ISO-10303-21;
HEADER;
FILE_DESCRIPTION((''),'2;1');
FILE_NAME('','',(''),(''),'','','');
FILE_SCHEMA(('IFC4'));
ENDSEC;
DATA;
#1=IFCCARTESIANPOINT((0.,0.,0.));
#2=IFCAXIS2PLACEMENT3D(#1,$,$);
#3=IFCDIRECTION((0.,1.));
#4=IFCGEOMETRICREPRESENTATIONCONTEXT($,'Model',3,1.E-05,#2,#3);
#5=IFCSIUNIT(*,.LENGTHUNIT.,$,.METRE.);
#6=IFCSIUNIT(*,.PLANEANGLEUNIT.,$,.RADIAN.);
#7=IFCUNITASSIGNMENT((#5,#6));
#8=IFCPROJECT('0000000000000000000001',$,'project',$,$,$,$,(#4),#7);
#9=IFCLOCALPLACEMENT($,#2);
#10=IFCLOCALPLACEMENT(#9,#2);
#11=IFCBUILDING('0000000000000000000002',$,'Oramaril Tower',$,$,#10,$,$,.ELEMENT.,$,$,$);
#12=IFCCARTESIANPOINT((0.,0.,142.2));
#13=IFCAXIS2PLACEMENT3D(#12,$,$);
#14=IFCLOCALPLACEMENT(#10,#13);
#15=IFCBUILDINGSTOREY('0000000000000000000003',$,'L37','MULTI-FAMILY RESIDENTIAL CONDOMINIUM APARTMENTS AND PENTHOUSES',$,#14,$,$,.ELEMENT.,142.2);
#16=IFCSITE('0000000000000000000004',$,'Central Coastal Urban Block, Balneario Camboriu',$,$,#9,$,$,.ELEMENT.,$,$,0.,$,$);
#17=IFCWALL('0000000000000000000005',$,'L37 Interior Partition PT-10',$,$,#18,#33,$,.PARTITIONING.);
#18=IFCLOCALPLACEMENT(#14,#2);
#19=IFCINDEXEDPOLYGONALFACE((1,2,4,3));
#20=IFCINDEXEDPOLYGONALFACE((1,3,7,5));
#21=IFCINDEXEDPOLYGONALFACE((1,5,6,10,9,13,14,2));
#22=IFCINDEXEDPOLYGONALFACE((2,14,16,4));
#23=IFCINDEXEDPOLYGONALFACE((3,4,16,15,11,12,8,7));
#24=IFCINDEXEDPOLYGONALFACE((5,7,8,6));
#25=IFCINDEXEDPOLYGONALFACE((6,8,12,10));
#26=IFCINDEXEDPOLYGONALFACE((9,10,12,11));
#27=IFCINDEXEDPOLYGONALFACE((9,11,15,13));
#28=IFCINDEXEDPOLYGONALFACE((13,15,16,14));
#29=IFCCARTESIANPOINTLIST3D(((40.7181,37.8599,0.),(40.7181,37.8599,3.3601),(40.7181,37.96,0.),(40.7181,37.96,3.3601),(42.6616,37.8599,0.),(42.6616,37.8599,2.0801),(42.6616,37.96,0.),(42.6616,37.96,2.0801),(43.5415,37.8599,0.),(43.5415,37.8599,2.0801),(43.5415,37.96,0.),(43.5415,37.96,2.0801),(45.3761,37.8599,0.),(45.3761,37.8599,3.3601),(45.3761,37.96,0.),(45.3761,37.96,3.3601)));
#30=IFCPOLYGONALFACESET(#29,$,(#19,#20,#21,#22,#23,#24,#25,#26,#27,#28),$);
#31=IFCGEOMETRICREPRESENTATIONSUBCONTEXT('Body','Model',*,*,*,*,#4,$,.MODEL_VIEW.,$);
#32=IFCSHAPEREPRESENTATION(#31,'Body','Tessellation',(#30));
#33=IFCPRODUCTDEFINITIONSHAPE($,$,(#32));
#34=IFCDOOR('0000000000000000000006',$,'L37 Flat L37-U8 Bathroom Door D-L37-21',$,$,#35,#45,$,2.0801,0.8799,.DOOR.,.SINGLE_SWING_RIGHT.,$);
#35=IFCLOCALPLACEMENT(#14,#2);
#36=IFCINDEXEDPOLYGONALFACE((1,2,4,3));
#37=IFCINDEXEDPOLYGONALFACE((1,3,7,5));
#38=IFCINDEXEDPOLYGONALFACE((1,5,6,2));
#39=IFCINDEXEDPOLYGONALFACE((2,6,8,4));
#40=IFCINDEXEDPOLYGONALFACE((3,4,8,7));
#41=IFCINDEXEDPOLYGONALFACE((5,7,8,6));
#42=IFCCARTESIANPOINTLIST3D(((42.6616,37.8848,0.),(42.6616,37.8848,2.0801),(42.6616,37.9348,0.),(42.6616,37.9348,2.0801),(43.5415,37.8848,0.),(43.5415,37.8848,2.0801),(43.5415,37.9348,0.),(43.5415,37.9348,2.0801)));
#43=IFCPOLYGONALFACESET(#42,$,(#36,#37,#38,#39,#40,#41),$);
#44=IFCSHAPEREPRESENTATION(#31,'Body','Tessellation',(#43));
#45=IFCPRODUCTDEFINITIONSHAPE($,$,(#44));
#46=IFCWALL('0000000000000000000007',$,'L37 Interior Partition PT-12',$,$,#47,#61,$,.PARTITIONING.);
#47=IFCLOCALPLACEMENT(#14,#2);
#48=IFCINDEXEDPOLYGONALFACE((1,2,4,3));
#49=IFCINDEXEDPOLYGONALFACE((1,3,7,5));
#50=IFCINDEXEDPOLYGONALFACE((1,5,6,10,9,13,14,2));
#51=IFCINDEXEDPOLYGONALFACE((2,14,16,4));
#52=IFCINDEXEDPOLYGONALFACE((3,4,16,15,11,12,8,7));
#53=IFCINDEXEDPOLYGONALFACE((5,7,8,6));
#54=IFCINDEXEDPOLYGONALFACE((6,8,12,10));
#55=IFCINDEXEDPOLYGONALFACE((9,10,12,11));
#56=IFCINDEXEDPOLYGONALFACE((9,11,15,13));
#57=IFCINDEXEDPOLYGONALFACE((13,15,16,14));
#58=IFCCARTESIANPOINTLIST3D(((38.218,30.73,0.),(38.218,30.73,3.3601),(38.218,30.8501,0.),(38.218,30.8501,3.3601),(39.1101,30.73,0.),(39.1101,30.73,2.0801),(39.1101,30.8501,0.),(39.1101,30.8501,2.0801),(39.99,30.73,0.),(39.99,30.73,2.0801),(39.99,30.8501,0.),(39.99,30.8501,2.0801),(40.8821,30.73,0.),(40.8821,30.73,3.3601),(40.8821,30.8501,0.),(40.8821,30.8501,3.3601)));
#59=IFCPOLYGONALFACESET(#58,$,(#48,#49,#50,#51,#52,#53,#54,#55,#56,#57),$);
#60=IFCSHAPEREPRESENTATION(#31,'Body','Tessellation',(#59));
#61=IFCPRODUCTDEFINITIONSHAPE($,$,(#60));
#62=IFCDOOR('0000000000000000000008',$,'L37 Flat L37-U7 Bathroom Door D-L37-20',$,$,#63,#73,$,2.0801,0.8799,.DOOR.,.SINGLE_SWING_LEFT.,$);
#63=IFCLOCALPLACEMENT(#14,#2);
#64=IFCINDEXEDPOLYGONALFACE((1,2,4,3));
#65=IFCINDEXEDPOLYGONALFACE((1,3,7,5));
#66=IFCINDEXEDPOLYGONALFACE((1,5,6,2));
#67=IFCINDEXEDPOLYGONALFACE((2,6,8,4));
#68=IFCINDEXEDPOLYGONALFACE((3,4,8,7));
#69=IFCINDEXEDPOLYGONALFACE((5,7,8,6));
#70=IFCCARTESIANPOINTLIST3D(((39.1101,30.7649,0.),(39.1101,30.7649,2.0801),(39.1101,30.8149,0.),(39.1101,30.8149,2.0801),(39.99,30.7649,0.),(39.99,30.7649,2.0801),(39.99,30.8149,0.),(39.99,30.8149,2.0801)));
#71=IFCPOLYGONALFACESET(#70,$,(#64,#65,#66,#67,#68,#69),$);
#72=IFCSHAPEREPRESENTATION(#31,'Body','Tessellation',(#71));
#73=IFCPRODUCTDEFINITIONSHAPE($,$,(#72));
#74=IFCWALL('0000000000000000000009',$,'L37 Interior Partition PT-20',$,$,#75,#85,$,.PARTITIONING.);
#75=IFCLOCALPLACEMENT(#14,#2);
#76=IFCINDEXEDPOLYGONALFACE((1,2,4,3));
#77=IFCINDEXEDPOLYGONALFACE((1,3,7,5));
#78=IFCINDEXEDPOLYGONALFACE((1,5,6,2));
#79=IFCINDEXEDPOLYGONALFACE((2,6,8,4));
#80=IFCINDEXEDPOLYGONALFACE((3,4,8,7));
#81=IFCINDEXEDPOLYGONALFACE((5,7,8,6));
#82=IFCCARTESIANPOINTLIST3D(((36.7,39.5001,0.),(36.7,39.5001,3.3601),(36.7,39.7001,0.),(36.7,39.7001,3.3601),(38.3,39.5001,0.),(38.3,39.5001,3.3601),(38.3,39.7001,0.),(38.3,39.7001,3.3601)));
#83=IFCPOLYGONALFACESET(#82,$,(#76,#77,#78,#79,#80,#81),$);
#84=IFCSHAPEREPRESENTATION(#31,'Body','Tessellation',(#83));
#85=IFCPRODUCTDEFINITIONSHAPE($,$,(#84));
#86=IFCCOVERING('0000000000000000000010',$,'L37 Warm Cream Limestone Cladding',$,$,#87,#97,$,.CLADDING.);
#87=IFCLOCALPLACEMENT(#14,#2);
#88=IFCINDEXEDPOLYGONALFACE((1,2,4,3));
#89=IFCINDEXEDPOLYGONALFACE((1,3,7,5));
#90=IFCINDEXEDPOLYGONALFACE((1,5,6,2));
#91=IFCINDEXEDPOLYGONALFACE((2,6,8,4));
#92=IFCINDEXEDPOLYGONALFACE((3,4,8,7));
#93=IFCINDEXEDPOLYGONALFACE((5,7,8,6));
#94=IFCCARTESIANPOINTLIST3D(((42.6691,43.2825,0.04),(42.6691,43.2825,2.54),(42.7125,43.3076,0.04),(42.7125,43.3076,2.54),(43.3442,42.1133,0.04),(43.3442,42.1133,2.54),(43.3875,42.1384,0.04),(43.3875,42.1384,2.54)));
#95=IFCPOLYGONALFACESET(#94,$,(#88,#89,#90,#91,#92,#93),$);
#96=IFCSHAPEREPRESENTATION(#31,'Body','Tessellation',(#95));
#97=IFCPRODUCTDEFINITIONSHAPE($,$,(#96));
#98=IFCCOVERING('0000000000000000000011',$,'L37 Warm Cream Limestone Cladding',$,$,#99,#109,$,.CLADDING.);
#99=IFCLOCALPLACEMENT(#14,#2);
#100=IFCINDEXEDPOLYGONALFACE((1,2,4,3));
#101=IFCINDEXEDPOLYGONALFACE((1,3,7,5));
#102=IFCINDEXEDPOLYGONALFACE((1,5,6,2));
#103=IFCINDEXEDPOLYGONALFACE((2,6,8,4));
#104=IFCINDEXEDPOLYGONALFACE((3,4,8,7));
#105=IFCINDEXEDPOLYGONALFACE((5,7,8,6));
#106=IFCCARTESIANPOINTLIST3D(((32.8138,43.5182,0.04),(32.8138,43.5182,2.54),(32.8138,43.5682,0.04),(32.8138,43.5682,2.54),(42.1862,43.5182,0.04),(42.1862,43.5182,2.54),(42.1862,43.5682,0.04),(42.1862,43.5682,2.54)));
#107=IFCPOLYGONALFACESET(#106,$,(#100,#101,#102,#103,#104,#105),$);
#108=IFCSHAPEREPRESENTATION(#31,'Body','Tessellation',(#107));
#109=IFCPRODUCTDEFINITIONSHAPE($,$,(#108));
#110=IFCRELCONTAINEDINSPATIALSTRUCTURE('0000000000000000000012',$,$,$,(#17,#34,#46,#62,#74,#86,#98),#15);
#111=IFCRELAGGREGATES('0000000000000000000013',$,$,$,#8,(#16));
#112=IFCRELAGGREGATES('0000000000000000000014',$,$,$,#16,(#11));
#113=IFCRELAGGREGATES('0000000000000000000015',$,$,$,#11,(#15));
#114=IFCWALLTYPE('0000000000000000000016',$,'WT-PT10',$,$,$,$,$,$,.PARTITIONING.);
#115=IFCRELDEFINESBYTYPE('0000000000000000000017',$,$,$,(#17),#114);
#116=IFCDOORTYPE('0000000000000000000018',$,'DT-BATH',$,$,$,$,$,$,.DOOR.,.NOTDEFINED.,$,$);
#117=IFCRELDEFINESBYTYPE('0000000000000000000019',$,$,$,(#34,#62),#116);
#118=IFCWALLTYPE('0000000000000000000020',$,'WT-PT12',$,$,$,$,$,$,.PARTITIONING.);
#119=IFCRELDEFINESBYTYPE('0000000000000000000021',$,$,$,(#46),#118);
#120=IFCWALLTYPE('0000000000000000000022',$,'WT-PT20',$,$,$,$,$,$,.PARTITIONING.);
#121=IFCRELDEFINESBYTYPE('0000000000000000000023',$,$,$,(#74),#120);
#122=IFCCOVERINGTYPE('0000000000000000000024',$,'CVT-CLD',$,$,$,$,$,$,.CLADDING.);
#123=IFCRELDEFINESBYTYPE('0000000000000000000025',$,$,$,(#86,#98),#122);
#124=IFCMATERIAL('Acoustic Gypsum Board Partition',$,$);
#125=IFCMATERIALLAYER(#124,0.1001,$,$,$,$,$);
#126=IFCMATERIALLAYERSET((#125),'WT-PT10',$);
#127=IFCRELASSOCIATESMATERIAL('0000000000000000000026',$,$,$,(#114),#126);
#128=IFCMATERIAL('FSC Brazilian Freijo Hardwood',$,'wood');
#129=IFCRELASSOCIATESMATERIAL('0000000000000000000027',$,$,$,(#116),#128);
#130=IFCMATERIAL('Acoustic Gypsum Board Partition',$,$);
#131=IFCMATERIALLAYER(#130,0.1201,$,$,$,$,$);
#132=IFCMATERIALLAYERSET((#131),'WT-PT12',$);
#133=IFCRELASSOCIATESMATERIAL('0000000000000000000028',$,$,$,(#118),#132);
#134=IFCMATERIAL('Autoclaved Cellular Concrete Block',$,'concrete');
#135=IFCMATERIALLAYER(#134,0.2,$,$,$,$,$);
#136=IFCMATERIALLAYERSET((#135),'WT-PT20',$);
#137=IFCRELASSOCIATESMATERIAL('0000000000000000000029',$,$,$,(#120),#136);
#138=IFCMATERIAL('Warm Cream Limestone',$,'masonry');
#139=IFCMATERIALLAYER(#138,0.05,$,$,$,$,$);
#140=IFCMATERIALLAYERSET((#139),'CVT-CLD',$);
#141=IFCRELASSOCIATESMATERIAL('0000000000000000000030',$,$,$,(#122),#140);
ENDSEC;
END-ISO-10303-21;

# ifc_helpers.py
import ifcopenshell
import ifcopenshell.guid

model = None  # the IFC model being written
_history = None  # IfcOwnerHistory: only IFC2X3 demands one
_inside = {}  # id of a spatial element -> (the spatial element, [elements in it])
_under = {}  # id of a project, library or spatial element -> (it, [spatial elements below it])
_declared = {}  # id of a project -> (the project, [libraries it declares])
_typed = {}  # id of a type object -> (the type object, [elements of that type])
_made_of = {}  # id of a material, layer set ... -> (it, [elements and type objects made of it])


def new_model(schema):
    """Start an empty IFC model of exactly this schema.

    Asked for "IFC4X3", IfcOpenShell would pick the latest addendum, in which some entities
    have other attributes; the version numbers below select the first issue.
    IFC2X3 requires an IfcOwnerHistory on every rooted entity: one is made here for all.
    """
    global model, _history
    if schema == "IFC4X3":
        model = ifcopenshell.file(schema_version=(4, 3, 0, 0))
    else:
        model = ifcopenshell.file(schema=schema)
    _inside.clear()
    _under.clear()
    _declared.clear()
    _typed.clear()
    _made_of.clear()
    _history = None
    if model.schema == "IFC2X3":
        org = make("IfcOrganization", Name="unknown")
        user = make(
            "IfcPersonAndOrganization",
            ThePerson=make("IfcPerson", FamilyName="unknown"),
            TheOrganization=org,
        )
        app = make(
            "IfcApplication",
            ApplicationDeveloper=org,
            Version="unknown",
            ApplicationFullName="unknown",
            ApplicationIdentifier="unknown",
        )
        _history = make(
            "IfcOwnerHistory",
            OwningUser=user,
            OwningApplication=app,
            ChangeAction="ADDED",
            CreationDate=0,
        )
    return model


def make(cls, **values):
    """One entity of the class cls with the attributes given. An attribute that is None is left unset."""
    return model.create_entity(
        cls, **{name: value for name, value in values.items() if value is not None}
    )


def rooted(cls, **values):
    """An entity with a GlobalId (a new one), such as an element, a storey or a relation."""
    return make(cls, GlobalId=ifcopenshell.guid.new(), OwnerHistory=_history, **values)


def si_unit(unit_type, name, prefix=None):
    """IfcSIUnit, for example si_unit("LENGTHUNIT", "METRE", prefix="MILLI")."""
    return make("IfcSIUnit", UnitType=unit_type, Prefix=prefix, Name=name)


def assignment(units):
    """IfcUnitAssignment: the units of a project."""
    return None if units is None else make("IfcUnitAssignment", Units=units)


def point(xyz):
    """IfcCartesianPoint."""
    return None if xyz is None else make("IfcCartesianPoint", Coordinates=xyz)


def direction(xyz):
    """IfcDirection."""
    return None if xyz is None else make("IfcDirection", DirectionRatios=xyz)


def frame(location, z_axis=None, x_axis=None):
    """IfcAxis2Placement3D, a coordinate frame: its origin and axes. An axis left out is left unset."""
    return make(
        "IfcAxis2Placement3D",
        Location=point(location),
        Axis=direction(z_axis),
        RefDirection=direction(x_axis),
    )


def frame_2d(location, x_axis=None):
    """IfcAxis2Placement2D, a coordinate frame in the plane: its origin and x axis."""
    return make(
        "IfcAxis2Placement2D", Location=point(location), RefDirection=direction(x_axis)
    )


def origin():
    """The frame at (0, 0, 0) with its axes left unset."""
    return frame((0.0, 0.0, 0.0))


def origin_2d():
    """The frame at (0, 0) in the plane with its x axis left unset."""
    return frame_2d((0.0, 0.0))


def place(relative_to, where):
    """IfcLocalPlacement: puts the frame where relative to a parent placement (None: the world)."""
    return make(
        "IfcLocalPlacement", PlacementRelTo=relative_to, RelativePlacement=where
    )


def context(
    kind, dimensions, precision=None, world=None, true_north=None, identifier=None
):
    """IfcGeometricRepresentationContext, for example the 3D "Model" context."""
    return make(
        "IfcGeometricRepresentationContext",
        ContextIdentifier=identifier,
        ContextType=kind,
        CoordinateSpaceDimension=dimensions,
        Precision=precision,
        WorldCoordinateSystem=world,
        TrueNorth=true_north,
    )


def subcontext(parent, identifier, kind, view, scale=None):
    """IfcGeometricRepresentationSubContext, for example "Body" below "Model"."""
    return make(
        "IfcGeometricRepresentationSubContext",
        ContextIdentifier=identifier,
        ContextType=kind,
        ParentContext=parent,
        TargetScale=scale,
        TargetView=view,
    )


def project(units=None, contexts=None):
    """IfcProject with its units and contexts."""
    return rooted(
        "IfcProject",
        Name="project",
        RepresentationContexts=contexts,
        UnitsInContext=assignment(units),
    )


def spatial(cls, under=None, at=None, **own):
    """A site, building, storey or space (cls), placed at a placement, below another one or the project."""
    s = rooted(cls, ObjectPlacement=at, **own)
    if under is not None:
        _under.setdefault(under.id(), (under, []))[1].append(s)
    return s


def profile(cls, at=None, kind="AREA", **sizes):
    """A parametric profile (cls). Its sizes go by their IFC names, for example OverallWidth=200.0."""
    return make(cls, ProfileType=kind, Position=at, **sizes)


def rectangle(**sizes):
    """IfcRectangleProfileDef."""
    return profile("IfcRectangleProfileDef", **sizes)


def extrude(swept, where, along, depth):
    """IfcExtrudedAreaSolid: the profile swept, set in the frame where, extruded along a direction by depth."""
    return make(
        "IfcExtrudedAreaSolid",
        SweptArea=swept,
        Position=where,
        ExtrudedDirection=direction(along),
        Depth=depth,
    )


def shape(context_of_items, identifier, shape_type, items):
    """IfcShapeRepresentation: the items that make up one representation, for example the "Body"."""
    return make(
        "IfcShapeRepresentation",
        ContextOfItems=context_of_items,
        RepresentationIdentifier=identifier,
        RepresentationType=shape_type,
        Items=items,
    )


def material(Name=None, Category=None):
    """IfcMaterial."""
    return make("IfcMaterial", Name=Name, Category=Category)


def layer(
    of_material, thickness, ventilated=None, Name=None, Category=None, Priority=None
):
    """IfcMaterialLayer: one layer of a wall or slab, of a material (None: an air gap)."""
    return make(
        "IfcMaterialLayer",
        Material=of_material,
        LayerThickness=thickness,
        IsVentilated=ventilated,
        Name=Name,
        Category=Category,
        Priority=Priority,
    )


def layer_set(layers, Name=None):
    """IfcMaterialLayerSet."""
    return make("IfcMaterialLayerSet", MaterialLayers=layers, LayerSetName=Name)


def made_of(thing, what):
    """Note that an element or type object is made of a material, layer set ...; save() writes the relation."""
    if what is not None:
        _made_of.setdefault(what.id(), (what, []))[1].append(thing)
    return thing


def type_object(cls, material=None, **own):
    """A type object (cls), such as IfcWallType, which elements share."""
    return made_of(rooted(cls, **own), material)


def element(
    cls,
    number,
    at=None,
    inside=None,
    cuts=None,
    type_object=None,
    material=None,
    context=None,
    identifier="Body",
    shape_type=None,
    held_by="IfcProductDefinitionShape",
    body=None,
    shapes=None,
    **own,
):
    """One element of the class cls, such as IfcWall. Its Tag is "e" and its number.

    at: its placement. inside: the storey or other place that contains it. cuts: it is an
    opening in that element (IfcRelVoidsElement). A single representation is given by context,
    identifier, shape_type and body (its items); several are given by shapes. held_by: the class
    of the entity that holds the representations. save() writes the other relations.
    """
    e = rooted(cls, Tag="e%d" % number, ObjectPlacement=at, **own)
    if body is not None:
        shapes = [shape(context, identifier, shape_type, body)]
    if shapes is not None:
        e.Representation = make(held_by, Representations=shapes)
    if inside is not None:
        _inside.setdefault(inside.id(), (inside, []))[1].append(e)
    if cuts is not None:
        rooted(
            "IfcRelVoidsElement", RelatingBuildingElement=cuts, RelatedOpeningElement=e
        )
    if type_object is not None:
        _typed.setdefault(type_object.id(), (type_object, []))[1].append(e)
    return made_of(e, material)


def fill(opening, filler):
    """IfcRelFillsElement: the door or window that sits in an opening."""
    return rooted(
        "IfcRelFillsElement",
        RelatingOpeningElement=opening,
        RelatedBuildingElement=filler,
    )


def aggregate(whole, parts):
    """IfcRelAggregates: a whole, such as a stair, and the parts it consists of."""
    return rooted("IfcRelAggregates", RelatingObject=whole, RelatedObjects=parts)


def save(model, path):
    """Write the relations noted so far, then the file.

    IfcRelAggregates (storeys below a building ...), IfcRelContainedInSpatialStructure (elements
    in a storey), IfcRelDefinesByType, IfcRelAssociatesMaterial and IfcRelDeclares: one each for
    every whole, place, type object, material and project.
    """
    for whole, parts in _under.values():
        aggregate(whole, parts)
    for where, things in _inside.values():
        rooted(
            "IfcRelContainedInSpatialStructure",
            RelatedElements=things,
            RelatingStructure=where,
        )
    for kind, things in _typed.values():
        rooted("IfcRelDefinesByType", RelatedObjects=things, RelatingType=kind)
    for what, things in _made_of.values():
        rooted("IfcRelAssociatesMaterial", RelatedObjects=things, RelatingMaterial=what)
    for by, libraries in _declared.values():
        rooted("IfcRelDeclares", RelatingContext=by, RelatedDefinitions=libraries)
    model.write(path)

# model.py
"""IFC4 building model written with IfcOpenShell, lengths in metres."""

from ifc_helpers import new_model, si_unit, direction, frame, frame_2d, origin, origin_2d, place, context, subcontext, project, spatial, rectangle, extrude, material, layer, layer_set, type_object, element, fill, save


model = new_model("IFC4")

# Units and contexts
model_context = context("Model", 3, precision=1e-05, world=origin(), true_north=direction((0.0, 1.0)))
body_context = subcontext(model_context, "Body", "Model", "MODEL_VIEW")
ifc_project = project(units=[si_unit("LENGTHUNIT", "METRE"), si_unit("PLANEANGLEUNIT", "RADIAN")], contexts=[model_context])

# Site, building, storey
site_placement = place(None, origin())
site = spatial("IfcSite", under=ifc_project, at=site_placement, Name="Central Coastal Urban Block, Balneario Camboriu", CompositionType="ELEMENT", RefElevation=0.0)
building_placement = place(site_placement, origin())
building = spatial("IfcBuilding", under=site, at=building_placement, Name="Oramaril Tower", CompositionType="ELEMENT")
storey_placement = place(building_placement, frame((0.0, 0.0, 142.2)))
storey = spatial("IfcBuildingStorey", under=building, at=storey_placement, Name="L37", Description="MULTI-FAMILY RESIDENTIAL CONDOMINIUM APARTMENTS AND PENTHOUSES", CompositionType="ELEMENT", Elevation=142.2)

# Walls, openings, doors
ifc_material_1 = material(Name="Acoustic Gypsum Board Partition")
ifc_layer_1 = layer(ifc_material_1, 0.1001)
ifc_layer_set_1 = layer_set([ifc_layer_1], Name="WT-PT10")
wall_type_1 = type_object("IfcWallType", Name="WT-PT10", PredefinedType="PARTITIONING", material=ifc_layer_set_1)
wall_1_placement = place(storey_placement, frame((40.718, 37.9099, 0.0), z_axis=(0.0, 0.0, 1.0), x_axis=(1.0, 0.0, 0.0)))
wall_1 = element("IfcWall", 1, at=wall_1_placement, inside=storey, type_object=wall_type_1, Name="L37 Interior Partition PT-10", PredefinedType="PARTITIONING", context=body_context, shape_type="SweptSolid", body=[
    extrude(rectangle(XDim=4.658, YDim=0.1001, at=frame_2d((2.3291, 0.0))), origin(), (0.0, 0.0, 1.0), 3.3601),
])
opening_1_placement = place(wall_1_placement, frame((1.9436, 0.0, 0.0)))
opening_1 = element("IfcOpeningElement", 2, at=opening_1_placement, cuts=wall_1, PredefinedType="OPENING", context=body_context, shape_type="SweptSolid", body=[
    extrude(rectangle(XDim=0.8799, YDim=2.0801, at=frame_2d((0.4399, 1.04))), frame((0.0, 0.05, 0.0), z_axis=(0.0, -1.0, 0.0), x_axis=(1.0, 0.0, 0.0)), (0.0, 0.0, 1.0), 0.1001),
])
ifc_material_2 = material(Name="FSC Brazilian Freijo Hardwood", Category="wood")
door_type_1 = type_object("IfcDoorType", Name="DT-BATH", OperationType="NOTDEFINED", PredefinedType="DOOR", material=ifc_material_2)
door_1_placement = place(opening_1_placement, origin())
door_1 = element("IfcDoor", 3, at=door_1_placement, inside=storey, type_object=door_type_1, Name="L37 Flat L37-U8 Bathroom Door D-L37-21", OperationType="SINGLE_SWING_RIGHT", OverallHeight=2.0801, OverallWidth=0.8799, PredefinedType="DOOR", context=body_context, shape_type="SweptSolid", body=[
    extrude(rectangle(XDim=0.8799, YDim=2.0801, at=frame_2d((0.4399, 1.04))), frame((0.0, 0.0249, 0.0), z_axis=(0.0, -1.0, 0.0), x_axis=(1.0, 0.0, 0.0)), (0.0, 0.0, 1.0), 0.05),
])
fill(opening_1, door_1)
ifc_material_3 = material(Name="Acoustic Gypsum Board Partition")
ifc_layer_2 = layer(ifc_material_3, 0.1201)
ifc_layer_set_2 = layer_set([ifc_layer_2], Name="WT-PT12")
wall_type_2 = type_object("IfcWallType", Name="WT-PT12", PredefinedType="PARTITIONING", material=ifc_layer_set_2)
wall_2_placement = place(storey_placement, frame((38.218, 30.79, 0.0), z_axis=(0.0, 0.0, 1.0), x_axis=(1.0, 0.0, 0.0)))
wall_2 = element("IfcWall", 4, at=wall_2_placement, inside=storey, type_object=wall_type_2, Name="L37 Interior Partition PT-12", PredefinedType="PARTITIONING", context=body_context, shape_type="SweptSolid", body=[
    extrude(rectangle(XDim=2.6641, YDim=0.1201, at=frame_2d((1.332, 0.0))), origin(), (0.0, 0.0, 1.0), 3.3601),
])
opening_2_placement = place(wall_2_placement, frame((0.8921, 0.0, 0.0)))
opening_2 = element("IfcOpeningElement", 5, at=opening_2_placement, cuts=wall_2, PredefinedType="OPENING", context=body_context, shape_type="SweptSolid", body=[
    extrude(rectangle(XDim=0.8799, YDim=2.0801, at=frame_2d((0.4399, 1.04))), frame((0.0, 0.0601, 0.0), z_axis=(0.0, -1.0, 0.0), x_axis=(1.0, 0.0, 0.0)), (0.0, 0.0, 1.0), 0.1201),
])
door_2_placement = place(opening_2_placement, origin())
door_2 = element("IfcDoor", 6, at=door_2_placement, inside=storey, type_object=door_type_1, Name="L37 Flat L37-U7 Bathroom Door D-L37-20", OperationType="SINGLE_SWING_LEFT", OverallHeight=2.0801, OverallWidth=0.8799, PredefinedType="DOOR", context=body_context, shape_type="SweptSolid", body=[
    extrude(rectangle(XDim=0.8799, YDim=2.0801, at=frame_2d((0.4399, 1.04))), frame((0.0, 0.0249, 0.0), z_axis=(0.0, -1.0, 0.0), x_axis=(1.0, 0.0, 0.0)), (0.0, 0.0, 1.0), 0.05),
])
fill(opening_2, door_2)

# Wall
ifc_material_4 = material(Name="Autoclaved Cellular Concrete Block", Category="concrete")
ifc_layer_3 = layer(ifc_material_4, 0.2)
ifc_layer_set_3 = layer_set([ifc_layer_3], Name="WT-PT20")
wall_type_3 = type_object("IfcWallType", Name="WT-PT20", PredefinedType="PARTITIONING", material=ifc_layer_set_3)
wall_3_placement = place(storey_placement, frame((36.7, 39.6001, 0.0), z_axis=(0.0, 0.0, 1.0), x_axis=(1.0, 0.0, 0.0)))
element("IfcWall", 7, at=wall_3_placement, inside=storey, type_object=wall_type_3, Name="L37 Interior Partition PT-20", PredefinedType="PARTITIONING", context=body_context, shape_type="SweptSolid", body=[
    extrude(rectangle(XDim=1.6001, YDim=0.2, at=frame_2d((0.8, 0.0))), origin(), (0.0, 0.0, 1.0), 3.3601),
])

# Coverings
ifc_material_5 = material(Name="Warm Cream Limestone", Category="masonry")
ifc_layer_4 = layer(ifc_material_5, 0.05)
ifc_layer_set_4 = layer_set([ifc_layer_4], Name="CVT-CLD")
covering_type = type_object("IfcCoveringType", Name="CVT-CLD", PredefinedType="CLADDING", material=ifc_layer_set_4)
covering_1_placement = place(storey_placement, frame((43.0283, 42.7104, 0.04), z_axis=(0.0, 0.0, 1.0), x_axis=(-0.499998, 0.866026, 0.0)))
element("IfcCovering", 8, at=covering_1_placement, inside=storey, type_object=covering_type, Name="L37 Warm Cream Limestone Cladding", PredefinedType="CLADDING", context=body_context, shape_type="SweptSolid", body=[
    extrude(rectangle(XDim=1.3501, YDim=0.05, at=origin_2d()), origin(), (0.0, 0.0, 1.0), 2.5),
])
covering_2_placement = place(storey_placement, frame((37.5, 43.5432, 0.04), z_axis=(0.0, 0.0, 1.0), x_axis=(-1.0, 0.0, 0.0)))
element("IfcCovering", 9, at=covering_2_placement, inside=storey, type_object=covering_type, Name="L37 Warm Cream Limestone Cladding", PredefinedType="CLADDING", context=body_context, shape_type="SweptSolid", body=[
    extrude(rectangle(XDim=9.3723, YDim=0.05, at=origin_2d()), origin(), (0.0, 0.0, 1.0), 2.5),
])

save(model, "model.ifc")
